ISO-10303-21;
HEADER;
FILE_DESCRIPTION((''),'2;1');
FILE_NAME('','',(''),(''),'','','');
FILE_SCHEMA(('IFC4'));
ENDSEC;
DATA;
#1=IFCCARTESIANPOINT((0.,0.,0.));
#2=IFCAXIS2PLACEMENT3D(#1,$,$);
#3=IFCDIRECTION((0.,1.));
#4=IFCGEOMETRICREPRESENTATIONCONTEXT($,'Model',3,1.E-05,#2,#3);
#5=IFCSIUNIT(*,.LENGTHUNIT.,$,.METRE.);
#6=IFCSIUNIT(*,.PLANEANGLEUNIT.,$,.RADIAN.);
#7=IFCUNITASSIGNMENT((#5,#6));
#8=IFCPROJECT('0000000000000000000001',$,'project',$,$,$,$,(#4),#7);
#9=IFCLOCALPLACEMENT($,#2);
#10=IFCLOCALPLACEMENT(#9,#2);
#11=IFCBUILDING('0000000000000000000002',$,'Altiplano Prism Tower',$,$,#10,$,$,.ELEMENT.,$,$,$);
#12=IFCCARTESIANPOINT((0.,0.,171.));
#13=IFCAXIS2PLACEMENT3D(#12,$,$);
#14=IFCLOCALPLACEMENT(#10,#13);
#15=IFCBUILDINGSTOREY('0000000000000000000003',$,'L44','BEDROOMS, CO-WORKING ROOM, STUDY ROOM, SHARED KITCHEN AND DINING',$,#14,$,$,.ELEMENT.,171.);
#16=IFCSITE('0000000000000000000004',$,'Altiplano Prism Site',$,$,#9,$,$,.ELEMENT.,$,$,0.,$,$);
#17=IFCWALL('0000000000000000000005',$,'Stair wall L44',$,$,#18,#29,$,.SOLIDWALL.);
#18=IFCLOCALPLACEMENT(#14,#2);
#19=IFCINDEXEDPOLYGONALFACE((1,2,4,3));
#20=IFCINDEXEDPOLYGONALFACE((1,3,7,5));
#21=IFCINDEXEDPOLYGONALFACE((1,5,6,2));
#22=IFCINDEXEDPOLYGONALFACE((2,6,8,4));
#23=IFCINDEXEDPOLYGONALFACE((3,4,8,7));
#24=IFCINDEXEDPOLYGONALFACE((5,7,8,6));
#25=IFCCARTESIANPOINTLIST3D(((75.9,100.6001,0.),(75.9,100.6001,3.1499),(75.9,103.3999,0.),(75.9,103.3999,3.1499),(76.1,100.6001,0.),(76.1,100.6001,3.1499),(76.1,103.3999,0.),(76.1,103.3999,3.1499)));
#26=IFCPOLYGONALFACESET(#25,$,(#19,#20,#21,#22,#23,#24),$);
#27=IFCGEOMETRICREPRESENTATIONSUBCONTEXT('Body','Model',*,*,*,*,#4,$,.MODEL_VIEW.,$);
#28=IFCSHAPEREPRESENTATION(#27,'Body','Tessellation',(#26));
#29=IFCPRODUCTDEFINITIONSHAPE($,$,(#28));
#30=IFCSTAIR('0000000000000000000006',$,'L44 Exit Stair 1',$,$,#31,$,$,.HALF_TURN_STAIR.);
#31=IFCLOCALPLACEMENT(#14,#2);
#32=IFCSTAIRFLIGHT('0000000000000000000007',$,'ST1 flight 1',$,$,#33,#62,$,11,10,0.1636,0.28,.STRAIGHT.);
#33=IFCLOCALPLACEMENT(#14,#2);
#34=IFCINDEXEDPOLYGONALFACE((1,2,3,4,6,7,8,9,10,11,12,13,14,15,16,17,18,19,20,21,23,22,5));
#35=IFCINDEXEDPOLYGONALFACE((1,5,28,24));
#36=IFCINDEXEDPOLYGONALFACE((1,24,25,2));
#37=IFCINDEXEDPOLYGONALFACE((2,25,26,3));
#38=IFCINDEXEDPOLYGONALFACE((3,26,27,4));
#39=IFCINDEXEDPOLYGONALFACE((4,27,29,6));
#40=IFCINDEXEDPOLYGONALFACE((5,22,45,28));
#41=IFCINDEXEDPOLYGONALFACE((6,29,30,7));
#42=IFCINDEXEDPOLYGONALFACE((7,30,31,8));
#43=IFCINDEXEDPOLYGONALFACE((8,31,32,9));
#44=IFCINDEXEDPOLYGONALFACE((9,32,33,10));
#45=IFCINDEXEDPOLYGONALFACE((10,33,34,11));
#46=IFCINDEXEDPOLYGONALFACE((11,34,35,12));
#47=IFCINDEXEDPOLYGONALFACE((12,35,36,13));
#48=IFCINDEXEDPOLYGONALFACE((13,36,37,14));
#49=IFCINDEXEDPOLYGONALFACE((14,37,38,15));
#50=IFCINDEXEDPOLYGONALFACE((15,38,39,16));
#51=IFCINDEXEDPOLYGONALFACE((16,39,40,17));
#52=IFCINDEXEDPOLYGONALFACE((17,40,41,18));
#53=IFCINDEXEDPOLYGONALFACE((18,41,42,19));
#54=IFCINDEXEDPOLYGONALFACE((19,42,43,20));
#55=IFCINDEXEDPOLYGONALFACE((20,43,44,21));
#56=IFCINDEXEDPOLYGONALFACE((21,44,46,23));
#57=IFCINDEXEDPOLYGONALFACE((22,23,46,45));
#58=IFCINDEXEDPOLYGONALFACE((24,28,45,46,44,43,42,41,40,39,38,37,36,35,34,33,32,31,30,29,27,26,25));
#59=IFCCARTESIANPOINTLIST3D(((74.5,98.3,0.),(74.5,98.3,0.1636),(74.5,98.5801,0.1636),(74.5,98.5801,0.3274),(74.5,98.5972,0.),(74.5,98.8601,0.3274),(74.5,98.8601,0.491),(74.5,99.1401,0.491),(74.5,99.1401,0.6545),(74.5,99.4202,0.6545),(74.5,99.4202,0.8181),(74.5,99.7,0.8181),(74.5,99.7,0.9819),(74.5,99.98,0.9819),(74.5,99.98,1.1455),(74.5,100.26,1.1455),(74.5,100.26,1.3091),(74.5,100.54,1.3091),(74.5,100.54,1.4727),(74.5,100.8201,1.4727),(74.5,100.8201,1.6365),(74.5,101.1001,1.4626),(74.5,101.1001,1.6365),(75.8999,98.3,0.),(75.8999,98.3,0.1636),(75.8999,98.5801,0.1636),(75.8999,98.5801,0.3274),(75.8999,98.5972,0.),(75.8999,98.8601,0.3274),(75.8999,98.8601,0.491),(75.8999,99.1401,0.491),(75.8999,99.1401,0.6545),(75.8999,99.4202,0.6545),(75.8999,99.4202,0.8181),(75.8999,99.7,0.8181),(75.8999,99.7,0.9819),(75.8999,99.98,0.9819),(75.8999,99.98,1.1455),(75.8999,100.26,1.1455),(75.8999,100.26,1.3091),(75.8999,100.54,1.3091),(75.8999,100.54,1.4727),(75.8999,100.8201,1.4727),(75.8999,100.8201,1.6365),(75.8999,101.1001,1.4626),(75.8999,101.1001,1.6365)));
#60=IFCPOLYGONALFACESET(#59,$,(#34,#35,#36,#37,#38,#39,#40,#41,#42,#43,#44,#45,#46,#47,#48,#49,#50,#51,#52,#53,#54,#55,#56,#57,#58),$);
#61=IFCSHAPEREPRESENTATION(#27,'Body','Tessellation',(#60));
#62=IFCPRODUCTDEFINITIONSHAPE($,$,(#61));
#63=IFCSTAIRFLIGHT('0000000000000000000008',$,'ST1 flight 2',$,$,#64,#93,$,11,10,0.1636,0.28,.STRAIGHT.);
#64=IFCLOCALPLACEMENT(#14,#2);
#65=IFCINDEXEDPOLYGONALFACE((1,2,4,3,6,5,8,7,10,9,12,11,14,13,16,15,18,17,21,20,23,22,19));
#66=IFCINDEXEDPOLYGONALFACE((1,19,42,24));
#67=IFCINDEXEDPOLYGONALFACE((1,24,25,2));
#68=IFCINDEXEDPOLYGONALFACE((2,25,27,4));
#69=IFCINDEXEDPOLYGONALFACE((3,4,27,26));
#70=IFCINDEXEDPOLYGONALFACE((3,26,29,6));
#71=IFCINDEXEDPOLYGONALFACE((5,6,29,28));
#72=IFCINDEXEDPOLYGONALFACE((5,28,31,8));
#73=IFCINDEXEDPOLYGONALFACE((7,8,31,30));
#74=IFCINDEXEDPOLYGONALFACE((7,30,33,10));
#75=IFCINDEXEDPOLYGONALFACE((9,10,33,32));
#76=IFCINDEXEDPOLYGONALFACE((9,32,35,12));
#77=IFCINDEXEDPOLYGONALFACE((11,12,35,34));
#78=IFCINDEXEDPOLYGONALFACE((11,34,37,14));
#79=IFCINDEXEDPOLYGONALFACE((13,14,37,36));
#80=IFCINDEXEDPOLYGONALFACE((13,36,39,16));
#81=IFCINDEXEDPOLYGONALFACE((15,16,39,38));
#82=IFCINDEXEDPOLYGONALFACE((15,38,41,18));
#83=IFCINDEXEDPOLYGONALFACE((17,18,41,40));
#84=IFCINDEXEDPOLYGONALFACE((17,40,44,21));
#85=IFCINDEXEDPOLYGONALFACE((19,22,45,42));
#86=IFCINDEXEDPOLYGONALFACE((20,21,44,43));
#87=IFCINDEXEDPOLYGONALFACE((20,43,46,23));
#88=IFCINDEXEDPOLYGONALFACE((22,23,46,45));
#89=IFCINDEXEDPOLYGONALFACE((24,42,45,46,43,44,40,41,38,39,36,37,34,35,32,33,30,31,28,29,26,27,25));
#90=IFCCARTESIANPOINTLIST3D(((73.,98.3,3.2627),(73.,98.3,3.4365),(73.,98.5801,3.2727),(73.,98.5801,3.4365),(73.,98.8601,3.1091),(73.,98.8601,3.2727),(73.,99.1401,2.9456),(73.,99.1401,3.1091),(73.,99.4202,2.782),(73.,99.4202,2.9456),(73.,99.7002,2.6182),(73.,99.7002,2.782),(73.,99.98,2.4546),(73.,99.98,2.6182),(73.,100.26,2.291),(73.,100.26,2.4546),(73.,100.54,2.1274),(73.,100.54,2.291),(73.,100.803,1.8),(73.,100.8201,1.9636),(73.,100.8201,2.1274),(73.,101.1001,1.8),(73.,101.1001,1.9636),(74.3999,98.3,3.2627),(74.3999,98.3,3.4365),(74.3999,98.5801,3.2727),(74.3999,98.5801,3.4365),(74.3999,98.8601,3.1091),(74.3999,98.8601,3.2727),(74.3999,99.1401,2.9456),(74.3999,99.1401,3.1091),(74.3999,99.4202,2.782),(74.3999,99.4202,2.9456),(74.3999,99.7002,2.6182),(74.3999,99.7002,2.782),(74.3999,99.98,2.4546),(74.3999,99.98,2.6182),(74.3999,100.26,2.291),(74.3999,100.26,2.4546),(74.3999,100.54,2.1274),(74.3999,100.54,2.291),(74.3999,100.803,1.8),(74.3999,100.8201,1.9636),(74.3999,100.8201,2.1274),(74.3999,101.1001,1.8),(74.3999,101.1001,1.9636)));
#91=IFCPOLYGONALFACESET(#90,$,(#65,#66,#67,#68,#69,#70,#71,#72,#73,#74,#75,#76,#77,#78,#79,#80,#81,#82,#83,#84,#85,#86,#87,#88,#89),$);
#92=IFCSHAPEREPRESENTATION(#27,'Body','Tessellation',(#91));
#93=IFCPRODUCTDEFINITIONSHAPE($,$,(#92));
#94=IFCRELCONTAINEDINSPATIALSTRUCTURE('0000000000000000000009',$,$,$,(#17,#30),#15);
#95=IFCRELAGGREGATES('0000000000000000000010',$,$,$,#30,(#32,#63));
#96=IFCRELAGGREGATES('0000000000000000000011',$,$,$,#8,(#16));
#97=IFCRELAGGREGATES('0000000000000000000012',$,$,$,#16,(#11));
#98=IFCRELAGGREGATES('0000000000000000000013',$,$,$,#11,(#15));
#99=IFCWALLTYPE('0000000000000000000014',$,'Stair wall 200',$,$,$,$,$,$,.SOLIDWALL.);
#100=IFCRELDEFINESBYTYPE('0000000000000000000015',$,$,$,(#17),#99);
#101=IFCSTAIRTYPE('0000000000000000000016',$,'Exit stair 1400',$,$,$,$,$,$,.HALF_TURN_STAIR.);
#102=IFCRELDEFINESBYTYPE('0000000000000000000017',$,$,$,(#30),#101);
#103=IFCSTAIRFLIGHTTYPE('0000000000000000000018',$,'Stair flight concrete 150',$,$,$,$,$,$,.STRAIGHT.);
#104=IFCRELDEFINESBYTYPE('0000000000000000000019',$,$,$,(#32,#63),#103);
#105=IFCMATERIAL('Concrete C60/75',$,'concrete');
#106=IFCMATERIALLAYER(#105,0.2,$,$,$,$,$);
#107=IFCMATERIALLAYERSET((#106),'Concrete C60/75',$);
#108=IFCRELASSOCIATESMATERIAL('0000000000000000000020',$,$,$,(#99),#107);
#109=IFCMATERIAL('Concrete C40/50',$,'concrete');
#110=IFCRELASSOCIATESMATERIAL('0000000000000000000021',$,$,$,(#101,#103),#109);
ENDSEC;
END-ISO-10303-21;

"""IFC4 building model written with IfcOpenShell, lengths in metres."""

from ifc_helpers import new_model, si_unit, direction, frame, frame_2d, origin, place, context, subcontext, project, spatial, polyline, rectangle, outline, extrude, material, layer, layer_set, type_object, element, aggregate, save


model = new_model("IFC4")

# Units and contexts
model_context = context("Model", 3, precision=1e-05, world=origin(), true_north=direction((0.0, 1.0)))
body_context = subcontext(model_context, "Body", "Model", "MODEL_VIEW")
ifc_project = project(units=[si_unit("LENGTHUNIT", "METRE"), si_unit("PLANEANGLEUNIT", "RADIAN")], contexts=[model_context])

# Site, building, storey
site_placement = place(None, origin())
site = spatial("IfcSite", under=ifc_project, at=site_placement, Name="Altiplano Prism Site", CompositionType="ELEMENT", RefElevation=0.0)
building_placement = place(site_placement, origin())
building = spatial("IfcBuilding", under=site, at=building_placement, Name="Altiplano Prism Tower", CompositionType="ELEMENT")
storey_placement = place(building_placement, frame((0.0, 0.0, 171.0)))
storey = spatial("IfcBuildingStorey", under=building, at=storey_placement, Name="L44", Description="BEDROOMS, CO-WORKING ROOM, STUDY ROOM, SHARED KITCHEN AND DINING", CompositionType="ELEMENT", Elevation=171.0)

# Shared definitions
ifc_material_1 = material(Name="Concrete C60/75", Category="concrete")

# Shared definitions
ifc_layer_1 = layer(ifc_material_1, 0.2)
ifc_layer_set_1 = layer_set([ifc_layer_1], Name="Concrete C60/75")
wall_type_1 = type_object("IfcWallType", Name="Stair wall 200", PredefinedType="SOLIDWALL", material=ifc_layer_set_1)

# Wall
wall_1_placement = place(storey_placement, frame((76.0, 100.6001, 0.0), z_axis=(0.0, 0.0, 1.0), x_axis=(0.0, 1.0, 0.0)))
element("IfcWall", 1, at=wall_1_placement, inside=storey, type_object=wall_type_1, Name="Stair wall L44", PredefinedType="SOLIDWALL", context=body_context, shape_type="SweptSolid", body=[
    extrude(rectangle(XDim=2.7998, YDim=0.2, at=frame_2d((1.3999, 0.0))), origin(), (0.0, 0.0, 1.0), 3.1499),
])

# Stair, stair flights
ifc_material_2 = material(Name="Concrete C40/50", Category="concrete")
stair_type = type_object("IfcStairType", Name="Exit stair 1400", PredefinedType="HALF_TURN_STAIR", material=ifc_material_2)
stair_placement = place(storey_placement, origin())
stair = element("IfcStair", 2, at=stair_placement, inside=storey, type_object=stair_type, Name="L44 Exit Stair 1", PredefinedType="HALF_TURN_STAIR")
stair_flight_type = type_object("IfcStairFlightType", Name="Stair flight concrete 150", PredefinedType="STRAIGHT", material=ifc_material_2)
stair_flight_1_placement = place(storey_placement, frame((75.2, 98.3, 0.0), z_axis=(0.0, 0.0, 1.0), x_axis=(0.0, 1.0, 0.0)))
stair_flight_1 = element("IfcStairFlight", 3, at=stair_flight_1_placement, type_object=stair_flight_type, Name="ST1 flight 1", NumberOfRisers=11, NumberOfTreads=10, PredefinedType="STRAIGHT", RiserHeight=0.1636, TreadLength=0.28, context=body_context, shape_type="SweptSolid", body=[
    extrude(outline(polyline([(0.0, 0.0), (0.0, 0.1636), (0.28, 0.1636), (0.28, 0.3274), (0.5601, 0.3274), (0.5601, 0.491), (0.8401, 0.491), (0.8401, 0.6545), (1.1201, 0.6545), (1.1201, 0.8181), (1.3999, 0.8181), (1.3999, 0.9819), (1.6799, 0.9819), (1.6799, 1.1455), (1.96, 1.1455), (1.96, 1.3091), (2.24, 1.3091), (2.24, 1.4727), (2.52, 1.4727), (2.52, 1.6365), (2.8, 1.6365), (2.8, 1.8), (2.8, 1.4626), (0.2971, 0.0), (0.0, 0.0)])), frame((0.0, 0.7, 0.0), z_axis=(0.0, -1.0, 0.0), x_axis=(1.0, 0.0, 0.0)), (0.0, 0.0, 1.0), 1.3999),
])
stair_flight_2_placement = place(storey_placement, frame((73.7, 101.1001, 1.8), z_axis=(0.0, 0.0, 1.0), x_axis=(0.0, -1.0, 0.0)))
stair_flight_2 = element("IfcStairFlight", 4, at=stair_flight_2_placement, type_object=stair_flight_type, Name="ST1 flight 2", NumberOfRisers=11, NumberOfTreads=10, PredefinedType="STRAIGHT", RiserHeight=0.1636, TreadLength=0.28, context=body_context, shape_type="SweptSolid", body=[
    extrude(outline(polyline([(0.0, 0.0), (0.0, 0.1636), (0.28, 0.1636), (0.28, 0.3274), (0.5601, 0.3274), (0.5601, 0.491), (0.8401, 0.491), (0.8401, 0.6545), (1.1201, 0.6545), (1.1201, 0.8181), (1.3999, 0.8181), (1.3999, 0.9819), (1.6799, 0.9819), (1.6799, 1.1455), (1.96, 1.1455), (1.96, 1.3091), (2.24, 1.3091), (2.24, 1.4727), (2.52, 1.4727), (2.52, 1.6365), (2.8, 1.6365), (2.8, 1.8), (2.8, 1.4626), (0.2971, 0.0), (0.0, 0.0)])), frame((0.0, 0.7, 0.0), z_axis=(0.0, -1.0, 0.0), x_axis=(1.0, 0.0, 0.0)), (0.0, 0.0, 1.0), 1.3999),
])
aggregate(stair, [stair_flight_1, stair_flight_2])

save(model, "model.ifc")
